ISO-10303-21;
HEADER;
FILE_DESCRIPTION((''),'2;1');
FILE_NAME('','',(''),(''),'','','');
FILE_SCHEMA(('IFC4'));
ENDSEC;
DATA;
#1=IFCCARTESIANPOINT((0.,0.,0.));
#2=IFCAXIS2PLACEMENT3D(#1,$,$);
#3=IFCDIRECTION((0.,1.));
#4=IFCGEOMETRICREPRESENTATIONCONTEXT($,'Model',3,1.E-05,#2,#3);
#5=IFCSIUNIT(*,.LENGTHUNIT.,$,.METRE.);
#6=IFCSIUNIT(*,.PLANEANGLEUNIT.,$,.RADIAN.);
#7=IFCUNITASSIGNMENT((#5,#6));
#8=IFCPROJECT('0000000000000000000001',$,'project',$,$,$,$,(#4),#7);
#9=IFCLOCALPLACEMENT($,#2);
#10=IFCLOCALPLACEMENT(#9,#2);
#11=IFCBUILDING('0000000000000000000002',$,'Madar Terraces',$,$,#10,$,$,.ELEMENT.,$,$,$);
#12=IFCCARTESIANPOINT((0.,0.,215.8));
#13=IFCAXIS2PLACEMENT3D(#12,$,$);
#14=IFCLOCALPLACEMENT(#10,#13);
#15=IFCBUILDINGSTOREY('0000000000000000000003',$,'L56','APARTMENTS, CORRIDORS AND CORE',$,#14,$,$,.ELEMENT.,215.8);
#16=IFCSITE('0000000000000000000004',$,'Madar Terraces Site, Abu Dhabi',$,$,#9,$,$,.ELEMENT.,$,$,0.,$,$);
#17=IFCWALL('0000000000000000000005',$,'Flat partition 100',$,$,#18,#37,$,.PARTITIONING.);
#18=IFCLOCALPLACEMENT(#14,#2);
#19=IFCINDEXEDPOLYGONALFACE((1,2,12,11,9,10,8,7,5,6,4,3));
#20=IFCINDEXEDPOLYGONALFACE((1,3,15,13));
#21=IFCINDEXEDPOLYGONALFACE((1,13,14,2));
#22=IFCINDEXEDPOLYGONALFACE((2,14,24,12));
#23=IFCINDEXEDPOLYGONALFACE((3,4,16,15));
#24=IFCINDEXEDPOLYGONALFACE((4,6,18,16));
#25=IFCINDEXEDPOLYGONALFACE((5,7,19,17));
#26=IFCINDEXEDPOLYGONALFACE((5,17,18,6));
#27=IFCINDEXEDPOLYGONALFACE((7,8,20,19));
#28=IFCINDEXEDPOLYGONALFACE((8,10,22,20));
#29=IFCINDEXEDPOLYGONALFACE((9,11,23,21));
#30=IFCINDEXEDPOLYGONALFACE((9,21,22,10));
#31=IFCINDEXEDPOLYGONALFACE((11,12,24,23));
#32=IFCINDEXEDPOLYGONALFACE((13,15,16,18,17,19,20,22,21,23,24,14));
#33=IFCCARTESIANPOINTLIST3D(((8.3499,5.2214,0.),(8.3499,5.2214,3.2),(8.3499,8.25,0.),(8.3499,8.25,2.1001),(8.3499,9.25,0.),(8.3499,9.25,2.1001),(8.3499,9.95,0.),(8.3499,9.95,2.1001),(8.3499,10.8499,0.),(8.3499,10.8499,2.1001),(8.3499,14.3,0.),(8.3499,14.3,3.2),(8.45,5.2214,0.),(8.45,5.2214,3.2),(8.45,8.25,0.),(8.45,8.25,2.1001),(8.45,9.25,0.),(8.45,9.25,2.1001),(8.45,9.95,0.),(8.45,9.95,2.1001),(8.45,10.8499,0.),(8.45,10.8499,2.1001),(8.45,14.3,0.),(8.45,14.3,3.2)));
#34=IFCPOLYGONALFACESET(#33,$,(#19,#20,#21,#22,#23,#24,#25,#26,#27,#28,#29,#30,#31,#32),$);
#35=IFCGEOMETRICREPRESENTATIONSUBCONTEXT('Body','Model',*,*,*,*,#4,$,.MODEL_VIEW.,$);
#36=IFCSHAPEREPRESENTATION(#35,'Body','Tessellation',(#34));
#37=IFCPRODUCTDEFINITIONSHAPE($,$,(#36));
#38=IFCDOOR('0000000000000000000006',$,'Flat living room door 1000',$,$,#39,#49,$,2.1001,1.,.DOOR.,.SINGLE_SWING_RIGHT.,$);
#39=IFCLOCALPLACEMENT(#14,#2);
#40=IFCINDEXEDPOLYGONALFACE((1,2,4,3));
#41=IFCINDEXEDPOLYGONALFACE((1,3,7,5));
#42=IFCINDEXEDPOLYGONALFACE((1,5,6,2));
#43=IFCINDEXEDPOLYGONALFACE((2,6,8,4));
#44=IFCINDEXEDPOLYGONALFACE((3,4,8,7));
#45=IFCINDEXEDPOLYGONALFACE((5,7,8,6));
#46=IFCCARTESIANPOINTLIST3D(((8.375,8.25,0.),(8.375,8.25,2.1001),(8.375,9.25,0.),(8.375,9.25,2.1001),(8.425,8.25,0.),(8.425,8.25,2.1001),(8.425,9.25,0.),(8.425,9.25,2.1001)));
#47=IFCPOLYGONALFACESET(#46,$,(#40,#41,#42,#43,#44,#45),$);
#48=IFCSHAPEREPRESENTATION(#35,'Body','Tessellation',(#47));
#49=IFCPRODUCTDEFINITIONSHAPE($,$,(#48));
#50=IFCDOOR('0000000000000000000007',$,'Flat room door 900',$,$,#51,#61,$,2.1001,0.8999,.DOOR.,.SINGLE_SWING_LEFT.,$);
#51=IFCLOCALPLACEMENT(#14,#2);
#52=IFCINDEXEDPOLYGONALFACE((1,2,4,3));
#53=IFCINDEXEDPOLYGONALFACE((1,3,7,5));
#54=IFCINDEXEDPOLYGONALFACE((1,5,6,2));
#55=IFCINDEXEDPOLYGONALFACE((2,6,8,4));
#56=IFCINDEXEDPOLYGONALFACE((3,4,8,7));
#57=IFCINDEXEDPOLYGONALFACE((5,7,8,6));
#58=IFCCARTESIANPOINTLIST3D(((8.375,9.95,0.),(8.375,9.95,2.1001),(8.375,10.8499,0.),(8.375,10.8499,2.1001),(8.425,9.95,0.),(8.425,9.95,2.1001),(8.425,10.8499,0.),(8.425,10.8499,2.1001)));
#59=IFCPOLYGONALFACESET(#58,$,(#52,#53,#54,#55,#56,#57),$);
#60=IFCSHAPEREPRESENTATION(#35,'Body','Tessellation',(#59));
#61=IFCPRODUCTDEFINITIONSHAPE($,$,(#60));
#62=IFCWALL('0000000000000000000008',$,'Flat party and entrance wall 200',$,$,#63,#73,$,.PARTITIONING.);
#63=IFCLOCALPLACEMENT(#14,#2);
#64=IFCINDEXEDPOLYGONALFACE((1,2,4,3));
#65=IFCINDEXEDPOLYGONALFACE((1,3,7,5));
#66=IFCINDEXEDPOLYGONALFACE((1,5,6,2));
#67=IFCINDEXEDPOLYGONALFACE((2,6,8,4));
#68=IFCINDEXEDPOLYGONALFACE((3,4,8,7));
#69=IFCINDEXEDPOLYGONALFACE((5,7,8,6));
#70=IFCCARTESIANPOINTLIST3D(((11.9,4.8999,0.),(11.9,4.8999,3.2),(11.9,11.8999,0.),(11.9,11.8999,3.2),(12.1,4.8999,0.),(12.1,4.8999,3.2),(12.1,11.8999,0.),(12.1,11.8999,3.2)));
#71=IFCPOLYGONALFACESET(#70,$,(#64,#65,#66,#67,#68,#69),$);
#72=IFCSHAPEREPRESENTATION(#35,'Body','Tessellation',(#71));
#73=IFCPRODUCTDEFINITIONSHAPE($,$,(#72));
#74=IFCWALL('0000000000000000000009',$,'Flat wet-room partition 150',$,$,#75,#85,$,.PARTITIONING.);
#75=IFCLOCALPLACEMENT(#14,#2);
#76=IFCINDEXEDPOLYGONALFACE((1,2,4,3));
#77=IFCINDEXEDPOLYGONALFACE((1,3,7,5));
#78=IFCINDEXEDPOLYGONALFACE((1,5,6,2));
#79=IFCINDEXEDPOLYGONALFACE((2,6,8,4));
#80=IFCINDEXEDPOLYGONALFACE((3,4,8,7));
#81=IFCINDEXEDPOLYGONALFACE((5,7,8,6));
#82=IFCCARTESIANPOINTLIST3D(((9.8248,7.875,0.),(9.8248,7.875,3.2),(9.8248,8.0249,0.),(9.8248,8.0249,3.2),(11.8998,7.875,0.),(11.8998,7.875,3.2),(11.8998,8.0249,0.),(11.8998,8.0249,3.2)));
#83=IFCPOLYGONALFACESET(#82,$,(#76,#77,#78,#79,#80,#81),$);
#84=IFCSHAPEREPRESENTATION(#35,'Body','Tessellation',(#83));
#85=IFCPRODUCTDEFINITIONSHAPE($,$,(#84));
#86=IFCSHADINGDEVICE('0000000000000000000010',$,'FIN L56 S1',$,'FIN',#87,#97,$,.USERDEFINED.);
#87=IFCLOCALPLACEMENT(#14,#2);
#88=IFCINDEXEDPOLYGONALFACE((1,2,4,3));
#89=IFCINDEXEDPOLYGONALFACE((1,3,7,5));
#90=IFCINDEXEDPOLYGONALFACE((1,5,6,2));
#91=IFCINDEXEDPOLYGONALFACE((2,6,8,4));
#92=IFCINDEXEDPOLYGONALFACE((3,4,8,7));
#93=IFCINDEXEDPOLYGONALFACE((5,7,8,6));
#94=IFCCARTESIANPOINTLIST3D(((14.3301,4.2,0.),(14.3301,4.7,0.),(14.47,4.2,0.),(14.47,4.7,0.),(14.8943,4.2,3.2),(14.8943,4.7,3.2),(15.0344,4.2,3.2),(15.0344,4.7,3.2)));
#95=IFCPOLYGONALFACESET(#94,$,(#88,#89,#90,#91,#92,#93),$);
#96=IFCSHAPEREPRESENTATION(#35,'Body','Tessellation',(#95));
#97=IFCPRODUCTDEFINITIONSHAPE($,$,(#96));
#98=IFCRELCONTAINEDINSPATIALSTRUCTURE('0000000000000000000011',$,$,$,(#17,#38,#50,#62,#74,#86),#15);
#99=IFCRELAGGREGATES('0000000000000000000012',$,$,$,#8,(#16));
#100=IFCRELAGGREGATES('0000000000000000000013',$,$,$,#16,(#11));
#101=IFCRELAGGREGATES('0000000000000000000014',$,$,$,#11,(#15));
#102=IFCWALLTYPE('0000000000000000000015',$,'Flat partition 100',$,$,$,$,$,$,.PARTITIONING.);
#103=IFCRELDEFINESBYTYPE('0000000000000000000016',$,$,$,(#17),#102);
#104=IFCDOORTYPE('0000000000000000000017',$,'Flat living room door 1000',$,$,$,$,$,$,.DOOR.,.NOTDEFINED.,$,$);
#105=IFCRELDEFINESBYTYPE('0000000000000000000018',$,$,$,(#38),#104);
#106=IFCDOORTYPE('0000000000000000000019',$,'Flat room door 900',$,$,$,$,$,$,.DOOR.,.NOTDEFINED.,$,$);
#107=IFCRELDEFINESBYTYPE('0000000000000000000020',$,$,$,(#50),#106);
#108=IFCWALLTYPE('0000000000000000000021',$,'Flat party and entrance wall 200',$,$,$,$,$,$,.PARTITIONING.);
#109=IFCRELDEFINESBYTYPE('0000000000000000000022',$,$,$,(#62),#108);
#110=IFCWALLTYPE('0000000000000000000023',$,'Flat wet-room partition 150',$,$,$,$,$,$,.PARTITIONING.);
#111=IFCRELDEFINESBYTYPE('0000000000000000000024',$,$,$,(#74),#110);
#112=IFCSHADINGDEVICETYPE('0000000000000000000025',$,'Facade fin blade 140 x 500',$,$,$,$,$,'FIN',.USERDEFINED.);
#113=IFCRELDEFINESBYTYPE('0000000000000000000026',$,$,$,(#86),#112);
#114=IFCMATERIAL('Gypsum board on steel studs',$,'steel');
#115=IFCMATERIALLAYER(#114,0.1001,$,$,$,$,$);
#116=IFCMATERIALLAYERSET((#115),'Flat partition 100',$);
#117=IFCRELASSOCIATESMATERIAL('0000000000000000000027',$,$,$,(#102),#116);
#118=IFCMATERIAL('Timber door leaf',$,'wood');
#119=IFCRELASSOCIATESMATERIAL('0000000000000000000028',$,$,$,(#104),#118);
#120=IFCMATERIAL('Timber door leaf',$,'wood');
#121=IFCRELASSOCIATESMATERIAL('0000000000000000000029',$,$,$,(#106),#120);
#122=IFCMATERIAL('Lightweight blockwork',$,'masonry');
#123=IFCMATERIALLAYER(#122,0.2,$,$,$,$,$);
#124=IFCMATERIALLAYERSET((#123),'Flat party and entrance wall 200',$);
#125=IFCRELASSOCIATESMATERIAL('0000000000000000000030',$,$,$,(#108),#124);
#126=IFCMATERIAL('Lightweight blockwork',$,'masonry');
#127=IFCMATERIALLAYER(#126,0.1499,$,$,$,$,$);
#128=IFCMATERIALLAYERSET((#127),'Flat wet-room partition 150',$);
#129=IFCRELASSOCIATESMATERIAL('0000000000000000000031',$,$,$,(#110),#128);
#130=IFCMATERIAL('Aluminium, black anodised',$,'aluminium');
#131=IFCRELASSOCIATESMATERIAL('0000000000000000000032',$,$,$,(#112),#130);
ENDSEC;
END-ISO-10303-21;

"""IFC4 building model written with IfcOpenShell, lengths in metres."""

from ifc_helpers import new_model, si_unit, direction, frame, frame_2d, origin, place, context, subcontext, project, spatial, polyline, rectangle, outline, extrude, material, layer, layer_set, type_object, element, fill, save


model = new_model("IFC4")

# Units and contexts
model_context = context("Model", 3, precision=1e-05, world=origin(), true_north=direction((0.0, 1.0)))
body_context = subcontext(model_context, "Body", "Model", "MODEL_VIEW")
ifc_project = project(units=[si_unit("LENGTHUNIT", "METRE"), si_unit("PLANEANGLEUNIT", "RADIAN")], contexts=[model_context])

# Site, building, storey
site_placement = place(None, origin())
site = spatial("IfcSite", under=ifc_project, at=site_placement, Name="Madar Terraces Site, Abu Dhabi", CompositionType="ELEMENT", RefElevation=0.0)
building_placement = place(site_placement, origin())
building = spatial("IfcBuilding", under=site, at=building_placement, Name="Madar Terraces", CompositionType="ELEMENT")
storey_placement = place(building_placement, frame((0.0, 0.0, 215.8)))
storey = spatial("IfcBuildingStorey", under=building, at=storey_placement, Name="L56", Description="APARTMENTS, CORRIDORS AND CORE", CompositionType="ELEMENT", Elevation=215.8)

# Wall, openings, doors
ifc_material_1 = material(Name="Gypsum board on steel studs", Category="steel")
ifc_layer_1 = layer(ifc_material_1, 0.1001)
ifc_layer_set_1 = layer_set([ifc_layer_1], Name="Flat partition 100")
wall_type_1 = type_object("IfcWallType", Name="Flat partition 100", PredefinedType="PARTITIONING", material=ifc_layer_set_1)
wall_1_placement = place(storey_placement, frame((8.3999, 5.2214, 0.0), z_axis=(0.0, 0.0, 1.0), x_axis=(0.0, 1.0, 0.0)))
wall_1 = element("IfcWall", 1, at=wall_1_placement, inside=storey, type_object=wall_type_1, Name="Flat partition 100", PredefinedType="PARTITIONING", context=body_context, shape_type="SweptSolid", body=[
    extrude(rectangle(XDim=9.0786, YDim=0.1001, at=frame_2d((4.5393, 0.0))), origin(), (0.0, 0.0, 1.0), 3.2),
])
opening_1_placement = place(wall_1_placement, frame((4.7285, 0.0, 0.0)))
opening_1 = element("IfcOpeningElement", 2, at=opening_1_placement, cuts=wall_1, PredefinedType="OPENING", context=body_context, shape_type="SweptSolid", body=[
    extrude(rectangle(XDim=0.8999, YDim=2.1001, at=frame_2d((0.45, 1.05))), frame((0.0, 0.0601, 0.0), z_axis=(0.0, -1.0, 0.0), x_axis=(1.0, 0.0, 0.0)), (0.0, 0.0, 1.0), 0.1201),
])
opening_2_placement = place(wall_1_placement, frame((3.0286, 0.0, 0.0)))
opening_2 = element("IfcOpeningElement", 3, at=opening_2_placement, cuts=wall_1, PredefinedType="OPENING", context=body_context, shape_type="SweptSolid", body=[
    extrude(rectangle(XDim=1.0, YDim=2.1001, at=frame_2d((0.5, 1.05))), frame((0.0, 0.0601, 0.0), z_axis=(0.0, -1.0, 0.0), x_axis=(1.0, 0.0, 0.0)), (0.0, 0.0, 1.0), 0.1201),
])
ifc_material_2 = material(Name="Timber door leaf", Category="wood")
door_type_1 = type_object("IfcDoorType", Name="Flat living room door 1000", OperationType="NOTDEFINED", PredefinedType="DOOR", material=ifc_material_2)
door_1_placement = place(opening_2_placement, origin())
door_1 = element("IfcDoor", 4, at=door_1_placement, inside=storey, type_object=door_type_1, Name="Flat living room door 1000", OperationType="SINGLE_SWING_RIGHT", OverallHeight=2.1001, OverallWidth=1.0, PredefinedType="DOOR", context=body_context, shape_type="SweptSolid", body=[
    extrude(rectangle(XDim=1.0, YDim=2.1001, at=frame_2d((0.5, 1.05))), frame((0.0, 0.0249, 0.0), z_axis=(0.0, -1.0, 0.0), x_axis=(1.0, 0.0, 0.0)), (0.0, 0.0, 1.0), 0.05),
])
fill(opening_2, door_1)
ifc_material_3 = material(Name="Timber door leaf", Category="wood")
door_type_2 = type_object("IfcDoorType", Name="Flat room door 900", OperationType="NOTDEFINED", PredefinedType="DOOR", material=ifc_material_3)
door_2_placement = place(opening_1_placement, origin())
door_2 = element("IfcDoor", 5, at=door_2_placement, inside=storey, type_object=door_type_2, Name="Flat room door 900", OperationType="SINGLE_SWING_LEFT", OverallHeight=2.1001, OverallWidth=0.8999, PredefinedType="DOOR", context=body_context, shape_type="SweptSolid", body=[
    extrude(rectangle(XDim=0.8999, YDim=2.1001, at=frame_2d((0.45, 1.05))), frame((0.0, 0.0249, 0.0), z_axis=(0.0, -1.0, 0.0), x_axis=(1.0, 0.0, 0.0)), (0.0, 0.0, 1.0), 0.05),
])
fill(opening_1, door_2)

# Walls
ifc_material_4 = material(Name="Lightweight blockwork", Category="masonry")
ifc_layer_2 = layer(ifc_material_4, 0.2)
ifc_layer_set_2 = layer_set([ifc_layer_2], Name="Flat party and entrance wall 200")
wall_type_2 = type_object("IfcWallType", Name="Flat party and entrance wall 200", PredefinedType="PARTITIONING", material=ifc_layer_set_2)
wall_2_placement = place(storey_placement, frame((12.0, 4.8999, 0.0), z_axis=(0.0, 0.0, 1.0), x_axis=(0.0, 1.0, 0.0)))
element("IfcWall", 6, at=wall_2_placement, inside=storey, type_object=wall_type_2, Name="Flat party and entrance wall 200", PredefinedType="PARTITIONING", context=body_context, shape_type="SweptSolid", body=[
    extrude(rectangle(XDim=7.0, YDim=0.2, at=frame_2d((3.5, 0.0))), origin(), (0.0, 0.0, 1.0), 3.2),
])
ifc_material_5 = material(Name="Lightweight blockwork", Category="masonry")
ifc_layer_3 = layer(ifc_material_5, 0.1499)
ifc_layer_set_3 = layer_set([ifc_layer_3], Name="Flat wet-room partition 150")
wall_type_3 = type_object("IfcWallType", Name="Flat wet-room partition 150", PredefinedType="PARTITIONING", material=ifc_layer_set_3)
wall_3_placement = place(storey_placement, frame((11.8999, 7.95, 0.0), z_axis=(0.0, 0.0, 1.0), x_axis=(-1.0, 0.0, 0.0)))
element("IfcWall", 7, at=wall_3_placement, inside=storey, type_object=wall_type_3, Name="Flat wet-room partition 150", PredefinedType="PARTITIONING", context=body_context, shape_type="SweptSolid", body=[
    extrude(rectangle(XDim=2.075, YDim=0.1499, at=frame_2d((1.0376, 0.0))), origin(), (0.0, 0.0, 1.0), 3.2),
])

# Shading device
ifc_material_6 = material(Name="Aluminium, black anodised", Category="aluminium")
shading_device_type = type_object("IfcShadingDeviceType", Name="Facade fin blade 140 x 500", ElementType="FIN", PredefinedType="USERDEFINED", material=ifc_material_6)
shading_device_placement = place(storey_placement, frame((14.3301, 4.45, 0.0), z_axis=(0.0, 0.0, 1.0), x_axis=(1.0, 0.0, 0.0)))
element("IfcShadingDevice", 8, at=shading_device_placement, inside=storey, type_object=shading_device_type, Name="FIN L56 S1", ObjectType="FIN", PredefinedType="USERDEFINED", context=body_context, shape_type="SweptSolid", body=[
    extrude(outline(polyline([(0.0, 0.0), (0.1399, 0.0), (0.7043, 3.2), (0.5642, 3.2), (0.0, 0.0)])), frame((0.0, 0.25, 0.0), z_axis=(0.0, -1.0, 0.0), x_axis=(1.0, 0.0, 0.0)), (0.0, 0.0, 1.0), 0.5),
])

save(model, "model.ifc")
